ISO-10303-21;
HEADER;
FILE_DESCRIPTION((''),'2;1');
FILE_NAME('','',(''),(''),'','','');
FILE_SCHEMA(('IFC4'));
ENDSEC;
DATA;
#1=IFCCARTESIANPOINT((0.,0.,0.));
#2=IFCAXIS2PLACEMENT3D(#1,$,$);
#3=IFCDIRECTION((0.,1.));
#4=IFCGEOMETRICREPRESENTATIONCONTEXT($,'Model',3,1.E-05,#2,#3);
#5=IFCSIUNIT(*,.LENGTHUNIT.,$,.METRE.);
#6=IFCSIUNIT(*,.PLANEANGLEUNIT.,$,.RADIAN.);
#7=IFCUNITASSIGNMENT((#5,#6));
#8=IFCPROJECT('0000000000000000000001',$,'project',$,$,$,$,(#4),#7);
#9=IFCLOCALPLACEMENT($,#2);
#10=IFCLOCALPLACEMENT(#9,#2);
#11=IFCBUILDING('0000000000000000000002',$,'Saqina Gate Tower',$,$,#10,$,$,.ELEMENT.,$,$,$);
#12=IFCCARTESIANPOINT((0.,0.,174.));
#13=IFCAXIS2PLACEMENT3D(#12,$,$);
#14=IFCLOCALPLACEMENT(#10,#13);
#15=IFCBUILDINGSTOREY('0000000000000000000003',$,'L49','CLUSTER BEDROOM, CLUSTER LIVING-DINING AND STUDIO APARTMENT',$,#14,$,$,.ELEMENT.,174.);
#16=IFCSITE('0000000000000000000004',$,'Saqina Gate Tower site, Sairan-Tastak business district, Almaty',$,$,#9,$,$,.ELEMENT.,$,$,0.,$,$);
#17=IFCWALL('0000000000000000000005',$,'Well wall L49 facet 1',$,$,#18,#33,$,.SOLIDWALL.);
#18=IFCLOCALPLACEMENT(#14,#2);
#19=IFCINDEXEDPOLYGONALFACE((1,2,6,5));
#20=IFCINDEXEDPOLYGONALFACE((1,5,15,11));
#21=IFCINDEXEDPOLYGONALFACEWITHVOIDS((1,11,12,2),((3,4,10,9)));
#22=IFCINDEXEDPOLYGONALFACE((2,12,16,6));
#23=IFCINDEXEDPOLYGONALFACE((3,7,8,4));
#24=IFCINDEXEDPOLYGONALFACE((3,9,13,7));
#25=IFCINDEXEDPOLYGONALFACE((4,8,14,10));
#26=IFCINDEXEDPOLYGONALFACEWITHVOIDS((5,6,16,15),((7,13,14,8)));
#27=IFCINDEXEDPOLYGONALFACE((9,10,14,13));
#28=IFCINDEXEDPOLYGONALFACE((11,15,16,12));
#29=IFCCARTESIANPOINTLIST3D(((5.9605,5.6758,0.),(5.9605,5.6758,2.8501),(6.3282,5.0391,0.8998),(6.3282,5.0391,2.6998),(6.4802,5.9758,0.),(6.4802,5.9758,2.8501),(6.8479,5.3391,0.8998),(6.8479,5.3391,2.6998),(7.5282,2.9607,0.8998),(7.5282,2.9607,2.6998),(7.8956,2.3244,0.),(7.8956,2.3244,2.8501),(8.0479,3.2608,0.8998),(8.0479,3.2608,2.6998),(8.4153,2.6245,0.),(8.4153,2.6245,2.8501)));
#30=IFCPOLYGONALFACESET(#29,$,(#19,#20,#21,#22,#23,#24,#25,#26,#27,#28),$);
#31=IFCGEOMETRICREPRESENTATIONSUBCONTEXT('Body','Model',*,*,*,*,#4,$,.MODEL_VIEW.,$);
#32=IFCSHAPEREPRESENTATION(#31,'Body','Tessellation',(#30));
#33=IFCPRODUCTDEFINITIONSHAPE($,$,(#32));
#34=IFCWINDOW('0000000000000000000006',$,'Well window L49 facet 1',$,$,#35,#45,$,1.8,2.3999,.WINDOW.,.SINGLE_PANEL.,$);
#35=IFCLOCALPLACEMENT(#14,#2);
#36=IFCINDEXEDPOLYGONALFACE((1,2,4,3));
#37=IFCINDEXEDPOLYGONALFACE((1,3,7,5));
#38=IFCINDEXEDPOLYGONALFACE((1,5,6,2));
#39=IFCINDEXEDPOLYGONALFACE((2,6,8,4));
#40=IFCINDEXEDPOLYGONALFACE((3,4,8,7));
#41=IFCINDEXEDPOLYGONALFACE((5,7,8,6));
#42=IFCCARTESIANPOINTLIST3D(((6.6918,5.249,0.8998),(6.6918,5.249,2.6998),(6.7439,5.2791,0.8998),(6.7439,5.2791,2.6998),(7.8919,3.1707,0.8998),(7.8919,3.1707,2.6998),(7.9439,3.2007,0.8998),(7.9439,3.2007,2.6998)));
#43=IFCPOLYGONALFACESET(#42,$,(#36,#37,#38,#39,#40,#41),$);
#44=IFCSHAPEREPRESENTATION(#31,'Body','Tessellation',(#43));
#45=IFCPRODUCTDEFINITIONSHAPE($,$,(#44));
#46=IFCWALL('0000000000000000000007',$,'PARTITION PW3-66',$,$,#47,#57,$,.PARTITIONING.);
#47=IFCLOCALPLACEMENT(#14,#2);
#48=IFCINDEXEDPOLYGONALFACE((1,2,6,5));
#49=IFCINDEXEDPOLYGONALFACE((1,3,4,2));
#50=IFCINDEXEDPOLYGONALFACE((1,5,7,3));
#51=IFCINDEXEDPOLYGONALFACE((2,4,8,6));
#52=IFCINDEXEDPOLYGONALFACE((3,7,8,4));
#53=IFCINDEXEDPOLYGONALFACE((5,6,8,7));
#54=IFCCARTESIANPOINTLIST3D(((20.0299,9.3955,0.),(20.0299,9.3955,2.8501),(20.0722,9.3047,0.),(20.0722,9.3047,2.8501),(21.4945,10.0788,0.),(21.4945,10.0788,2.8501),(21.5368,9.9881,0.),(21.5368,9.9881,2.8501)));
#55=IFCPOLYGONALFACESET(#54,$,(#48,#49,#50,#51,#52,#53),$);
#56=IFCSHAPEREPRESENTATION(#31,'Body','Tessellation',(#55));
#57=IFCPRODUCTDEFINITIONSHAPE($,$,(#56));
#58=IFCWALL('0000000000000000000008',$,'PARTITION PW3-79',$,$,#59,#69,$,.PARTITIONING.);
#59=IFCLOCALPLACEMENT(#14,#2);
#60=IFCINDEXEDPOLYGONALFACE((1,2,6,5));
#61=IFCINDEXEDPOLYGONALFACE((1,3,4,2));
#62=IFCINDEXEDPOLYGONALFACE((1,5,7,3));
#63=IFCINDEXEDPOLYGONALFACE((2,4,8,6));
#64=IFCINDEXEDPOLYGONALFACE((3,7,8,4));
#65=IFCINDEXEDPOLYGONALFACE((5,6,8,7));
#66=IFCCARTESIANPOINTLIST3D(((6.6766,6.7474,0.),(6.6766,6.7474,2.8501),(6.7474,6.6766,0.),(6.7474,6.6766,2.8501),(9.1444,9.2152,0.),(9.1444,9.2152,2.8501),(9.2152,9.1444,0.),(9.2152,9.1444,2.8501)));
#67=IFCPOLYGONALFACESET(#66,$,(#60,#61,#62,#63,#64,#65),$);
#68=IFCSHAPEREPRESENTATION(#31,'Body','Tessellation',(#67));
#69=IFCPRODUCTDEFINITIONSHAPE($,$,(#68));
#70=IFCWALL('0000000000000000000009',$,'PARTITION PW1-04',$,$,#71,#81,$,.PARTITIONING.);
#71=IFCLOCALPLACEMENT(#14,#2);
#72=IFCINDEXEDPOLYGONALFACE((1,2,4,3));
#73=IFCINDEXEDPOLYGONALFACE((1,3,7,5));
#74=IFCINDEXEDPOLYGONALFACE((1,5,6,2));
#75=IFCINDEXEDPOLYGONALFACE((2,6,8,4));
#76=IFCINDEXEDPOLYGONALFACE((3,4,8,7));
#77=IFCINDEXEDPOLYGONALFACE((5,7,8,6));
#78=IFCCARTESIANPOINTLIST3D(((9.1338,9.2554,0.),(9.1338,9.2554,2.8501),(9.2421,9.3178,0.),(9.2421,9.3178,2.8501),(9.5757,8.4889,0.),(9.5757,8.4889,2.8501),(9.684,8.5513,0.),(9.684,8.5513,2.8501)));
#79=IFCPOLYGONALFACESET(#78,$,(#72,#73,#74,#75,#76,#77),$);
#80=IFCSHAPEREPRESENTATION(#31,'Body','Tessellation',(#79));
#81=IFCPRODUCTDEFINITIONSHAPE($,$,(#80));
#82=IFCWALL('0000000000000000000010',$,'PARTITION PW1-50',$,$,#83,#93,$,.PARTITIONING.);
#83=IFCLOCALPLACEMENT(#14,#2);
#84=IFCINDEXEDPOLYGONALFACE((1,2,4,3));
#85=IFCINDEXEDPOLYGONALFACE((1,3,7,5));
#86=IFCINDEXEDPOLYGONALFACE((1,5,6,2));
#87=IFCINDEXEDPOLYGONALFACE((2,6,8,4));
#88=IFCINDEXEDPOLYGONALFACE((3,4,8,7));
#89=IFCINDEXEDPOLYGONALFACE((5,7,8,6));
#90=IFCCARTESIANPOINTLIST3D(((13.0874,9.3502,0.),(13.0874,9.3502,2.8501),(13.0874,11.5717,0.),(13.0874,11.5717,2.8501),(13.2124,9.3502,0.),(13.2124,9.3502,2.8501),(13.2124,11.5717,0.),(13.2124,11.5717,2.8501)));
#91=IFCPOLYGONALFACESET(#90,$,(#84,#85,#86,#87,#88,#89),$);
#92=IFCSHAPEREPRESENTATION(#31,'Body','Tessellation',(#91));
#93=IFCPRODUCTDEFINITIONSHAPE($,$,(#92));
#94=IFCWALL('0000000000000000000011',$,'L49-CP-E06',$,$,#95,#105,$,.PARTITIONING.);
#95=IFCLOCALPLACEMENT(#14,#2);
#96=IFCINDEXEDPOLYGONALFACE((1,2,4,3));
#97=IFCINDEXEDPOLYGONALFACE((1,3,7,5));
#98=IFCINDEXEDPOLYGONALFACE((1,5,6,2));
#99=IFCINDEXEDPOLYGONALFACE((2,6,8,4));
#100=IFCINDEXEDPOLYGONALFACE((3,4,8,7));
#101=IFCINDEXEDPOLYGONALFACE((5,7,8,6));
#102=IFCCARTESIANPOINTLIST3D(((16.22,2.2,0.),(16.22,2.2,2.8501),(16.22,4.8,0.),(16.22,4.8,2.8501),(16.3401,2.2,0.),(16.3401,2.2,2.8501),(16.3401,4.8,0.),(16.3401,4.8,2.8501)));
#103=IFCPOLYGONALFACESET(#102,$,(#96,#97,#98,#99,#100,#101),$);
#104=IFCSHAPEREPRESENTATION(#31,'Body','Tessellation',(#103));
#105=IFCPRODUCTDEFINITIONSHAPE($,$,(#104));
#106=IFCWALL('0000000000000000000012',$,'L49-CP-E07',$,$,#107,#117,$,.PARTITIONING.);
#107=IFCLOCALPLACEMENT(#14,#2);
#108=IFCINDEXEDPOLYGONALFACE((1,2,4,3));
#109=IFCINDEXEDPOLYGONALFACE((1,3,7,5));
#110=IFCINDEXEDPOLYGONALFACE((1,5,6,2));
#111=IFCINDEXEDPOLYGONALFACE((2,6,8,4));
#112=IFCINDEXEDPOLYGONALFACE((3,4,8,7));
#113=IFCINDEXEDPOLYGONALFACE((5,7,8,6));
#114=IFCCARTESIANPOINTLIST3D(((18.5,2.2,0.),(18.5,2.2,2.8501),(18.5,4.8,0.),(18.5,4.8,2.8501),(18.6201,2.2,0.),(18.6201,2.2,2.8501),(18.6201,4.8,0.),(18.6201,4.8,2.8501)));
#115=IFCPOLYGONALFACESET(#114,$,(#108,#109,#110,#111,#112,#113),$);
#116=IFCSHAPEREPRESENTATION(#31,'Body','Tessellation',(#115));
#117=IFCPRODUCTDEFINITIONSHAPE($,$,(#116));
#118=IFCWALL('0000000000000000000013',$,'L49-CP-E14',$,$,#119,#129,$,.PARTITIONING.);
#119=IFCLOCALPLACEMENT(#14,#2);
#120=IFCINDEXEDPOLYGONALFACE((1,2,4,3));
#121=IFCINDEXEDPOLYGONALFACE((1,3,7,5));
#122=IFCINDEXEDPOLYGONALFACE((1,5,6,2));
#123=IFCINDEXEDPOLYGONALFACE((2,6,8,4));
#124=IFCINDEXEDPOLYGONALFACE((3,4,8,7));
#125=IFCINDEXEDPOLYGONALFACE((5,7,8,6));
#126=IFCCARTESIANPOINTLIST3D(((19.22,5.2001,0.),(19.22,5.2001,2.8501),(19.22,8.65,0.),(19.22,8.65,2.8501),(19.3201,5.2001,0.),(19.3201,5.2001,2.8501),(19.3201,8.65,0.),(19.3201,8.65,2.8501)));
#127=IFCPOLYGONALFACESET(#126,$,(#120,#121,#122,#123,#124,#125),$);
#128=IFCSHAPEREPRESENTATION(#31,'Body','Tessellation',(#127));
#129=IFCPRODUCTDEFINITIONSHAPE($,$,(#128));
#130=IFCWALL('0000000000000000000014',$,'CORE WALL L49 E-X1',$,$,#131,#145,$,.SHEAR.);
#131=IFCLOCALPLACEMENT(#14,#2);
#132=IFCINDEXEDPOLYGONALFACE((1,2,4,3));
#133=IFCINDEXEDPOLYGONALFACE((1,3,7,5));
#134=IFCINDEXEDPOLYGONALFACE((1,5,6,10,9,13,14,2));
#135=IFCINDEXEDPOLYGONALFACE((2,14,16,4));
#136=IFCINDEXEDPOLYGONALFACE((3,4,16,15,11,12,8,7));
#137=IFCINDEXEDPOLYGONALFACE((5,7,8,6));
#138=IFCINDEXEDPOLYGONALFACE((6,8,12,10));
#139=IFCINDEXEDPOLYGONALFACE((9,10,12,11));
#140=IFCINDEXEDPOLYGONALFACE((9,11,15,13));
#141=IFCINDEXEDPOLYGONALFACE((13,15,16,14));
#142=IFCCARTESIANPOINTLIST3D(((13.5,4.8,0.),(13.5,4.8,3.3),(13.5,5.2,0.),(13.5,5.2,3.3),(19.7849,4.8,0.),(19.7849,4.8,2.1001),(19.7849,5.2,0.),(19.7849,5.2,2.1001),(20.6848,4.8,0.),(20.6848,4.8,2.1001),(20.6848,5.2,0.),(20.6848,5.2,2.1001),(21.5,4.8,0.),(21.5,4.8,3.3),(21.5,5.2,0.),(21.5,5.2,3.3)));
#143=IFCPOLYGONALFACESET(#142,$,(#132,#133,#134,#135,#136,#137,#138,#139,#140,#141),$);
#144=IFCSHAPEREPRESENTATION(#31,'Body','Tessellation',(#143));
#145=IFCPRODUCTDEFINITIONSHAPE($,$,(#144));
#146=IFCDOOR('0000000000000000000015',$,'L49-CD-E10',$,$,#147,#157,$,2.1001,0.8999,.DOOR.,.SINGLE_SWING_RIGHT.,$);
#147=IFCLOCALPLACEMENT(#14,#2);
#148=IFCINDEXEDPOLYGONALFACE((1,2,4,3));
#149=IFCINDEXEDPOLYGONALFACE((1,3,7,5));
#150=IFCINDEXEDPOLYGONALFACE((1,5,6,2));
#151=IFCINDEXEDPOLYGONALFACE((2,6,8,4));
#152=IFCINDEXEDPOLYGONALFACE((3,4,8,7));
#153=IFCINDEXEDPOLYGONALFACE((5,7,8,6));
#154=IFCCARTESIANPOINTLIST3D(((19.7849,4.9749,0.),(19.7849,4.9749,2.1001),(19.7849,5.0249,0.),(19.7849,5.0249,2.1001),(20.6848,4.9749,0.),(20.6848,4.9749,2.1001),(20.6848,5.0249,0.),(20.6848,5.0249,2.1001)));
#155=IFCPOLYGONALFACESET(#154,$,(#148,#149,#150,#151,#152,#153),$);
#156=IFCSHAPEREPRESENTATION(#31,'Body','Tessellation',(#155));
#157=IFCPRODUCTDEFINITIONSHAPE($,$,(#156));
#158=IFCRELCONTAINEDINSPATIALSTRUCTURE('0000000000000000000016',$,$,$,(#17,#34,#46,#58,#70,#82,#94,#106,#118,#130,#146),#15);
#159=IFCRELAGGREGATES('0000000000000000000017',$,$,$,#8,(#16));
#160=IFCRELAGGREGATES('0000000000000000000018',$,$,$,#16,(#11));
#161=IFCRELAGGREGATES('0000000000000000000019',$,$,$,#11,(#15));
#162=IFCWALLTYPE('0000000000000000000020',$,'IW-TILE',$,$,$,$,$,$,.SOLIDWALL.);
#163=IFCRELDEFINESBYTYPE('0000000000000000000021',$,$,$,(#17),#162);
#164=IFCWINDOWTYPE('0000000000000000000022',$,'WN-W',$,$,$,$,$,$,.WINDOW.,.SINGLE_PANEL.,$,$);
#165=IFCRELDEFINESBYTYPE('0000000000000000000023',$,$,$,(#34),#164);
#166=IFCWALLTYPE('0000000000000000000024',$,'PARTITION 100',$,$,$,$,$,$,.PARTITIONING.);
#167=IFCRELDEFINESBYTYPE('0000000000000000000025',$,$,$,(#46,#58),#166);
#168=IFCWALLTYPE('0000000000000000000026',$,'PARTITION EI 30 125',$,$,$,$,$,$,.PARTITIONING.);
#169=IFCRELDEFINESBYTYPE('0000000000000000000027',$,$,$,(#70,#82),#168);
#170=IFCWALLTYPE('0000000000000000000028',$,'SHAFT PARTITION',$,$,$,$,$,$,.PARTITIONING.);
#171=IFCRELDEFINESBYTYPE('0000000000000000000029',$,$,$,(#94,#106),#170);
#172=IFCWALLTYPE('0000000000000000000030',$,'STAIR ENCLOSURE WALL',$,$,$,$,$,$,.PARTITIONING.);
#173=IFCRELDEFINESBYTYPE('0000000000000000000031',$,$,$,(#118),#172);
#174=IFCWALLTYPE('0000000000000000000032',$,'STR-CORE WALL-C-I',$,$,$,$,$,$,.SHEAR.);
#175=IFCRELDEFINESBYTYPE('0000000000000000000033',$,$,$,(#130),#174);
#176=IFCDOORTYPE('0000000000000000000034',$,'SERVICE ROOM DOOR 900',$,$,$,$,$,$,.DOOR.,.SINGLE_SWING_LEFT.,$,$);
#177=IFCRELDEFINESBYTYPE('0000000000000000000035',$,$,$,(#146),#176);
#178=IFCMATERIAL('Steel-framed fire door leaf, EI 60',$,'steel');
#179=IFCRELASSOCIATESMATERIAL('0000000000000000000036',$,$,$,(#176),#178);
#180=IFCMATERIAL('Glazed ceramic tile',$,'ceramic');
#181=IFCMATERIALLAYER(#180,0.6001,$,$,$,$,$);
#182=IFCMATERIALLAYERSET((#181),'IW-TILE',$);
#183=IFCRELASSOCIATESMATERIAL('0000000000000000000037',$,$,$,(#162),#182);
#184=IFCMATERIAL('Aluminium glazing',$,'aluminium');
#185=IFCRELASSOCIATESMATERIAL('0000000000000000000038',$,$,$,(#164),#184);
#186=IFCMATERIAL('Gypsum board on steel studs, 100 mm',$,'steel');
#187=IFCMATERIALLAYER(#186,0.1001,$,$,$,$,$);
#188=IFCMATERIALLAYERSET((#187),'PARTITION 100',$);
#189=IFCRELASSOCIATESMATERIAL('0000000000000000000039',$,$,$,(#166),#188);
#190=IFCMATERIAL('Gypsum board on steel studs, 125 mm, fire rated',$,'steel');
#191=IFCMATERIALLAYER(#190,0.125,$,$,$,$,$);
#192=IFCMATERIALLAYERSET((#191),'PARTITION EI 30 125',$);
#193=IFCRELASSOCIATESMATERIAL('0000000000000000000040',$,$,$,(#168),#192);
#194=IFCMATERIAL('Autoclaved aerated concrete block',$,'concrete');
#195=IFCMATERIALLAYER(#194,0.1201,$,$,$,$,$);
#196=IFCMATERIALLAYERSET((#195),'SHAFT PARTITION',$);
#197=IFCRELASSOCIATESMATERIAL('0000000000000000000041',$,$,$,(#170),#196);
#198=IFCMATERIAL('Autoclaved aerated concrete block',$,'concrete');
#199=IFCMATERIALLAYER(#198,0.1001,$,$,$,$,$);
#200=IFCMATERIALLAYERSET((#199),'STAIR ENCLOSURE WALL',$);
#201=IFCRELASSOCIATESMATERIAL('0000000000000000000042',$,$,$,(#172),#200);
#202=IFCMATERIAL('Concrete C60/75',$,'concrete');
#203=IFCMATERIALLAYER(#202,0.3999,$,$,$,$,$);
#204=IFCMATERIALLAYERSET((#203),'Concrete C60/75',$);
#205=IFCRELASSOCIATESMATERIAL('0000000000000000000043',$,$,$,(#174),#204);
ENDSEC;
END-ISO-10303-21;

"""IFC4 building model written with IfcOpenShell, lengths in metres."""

from ifc_helpers import new_model, si_unit, direction, frame, frame_2d, origin, place, context, subcontext, project, spatial, rectangle, extrude, material, layer, layer_set, type_object, element, fill, save


model = new_model("IFC4")

# Units and contexts
model_context = context("Model", 3, precision=1e-05, world=origin(), true_north=direction((0.0, 1.0)))
body_context = subcontext(model_context, "Body", "Model", "MODEL_VIEW")
ifc_project = project(units=[si_unit("LENGTHUNIT", "METRE"), si_unit("PLANEANGLEUNIT", "RADIAN")], contexts=[model_context])

# Site, building, storey
site_placement = place(None, origin())
site = spatial("IfcSite", under=ifc_project, at=site_placement, Name="Saqina Gate Tower site, Sairan-Tastak business district, Almaty", CompositionType="ELEMENT", RefElevation=0.0)
building_placement = place(site_placement, origin())
building = spatial("IfcBuilding", under=site, at=building_placement, Name="Saqina Gate Tower", CompositionType="ELEMENT")
storey_placement = place(building_placement, frame((0.0, 0.0, 174.0)))
storey = spatial("IfcBuildingStorey", under=building, at=storey_placement, Name="L49", Description="CLUSTER BEDROOM, CLUSTER LIVING-DINING AND STUDIO APARTMENT", CompositionType="ELEMENT", Elevation=174.0)

# Shared definitions
ifc_material_1 = material(Name="Steel-framed fire door leaf, EI 60", Category="steel")
door_type_1 = type_object("IfcDoorType", Name="SERVICE ROOM DOOR 900", OperationType="SINGLE_SWING_LEFT", PredefinedType="DOOR", material=ifc_material_1)

# Wall, opening, window
ifc_material_2 = material(Name="Glazed ceramic tile", Category="ceramic")
ifc_layer_1 = layer(ifc_material_2, 0.6001)
ifc_layer_set_1 = layer_set([ifc_layer_1], Name="IW-TILE")
wall_type_1 = type_object("IfcWallType", Name="IW-TILE", PredefinedType="SOLIDWALL", material=ifc_layer_set_1)
wall_1_placement = place(storey_placement, frame((8.1555, 2.4744, 0.0), z_axis=(0.0, 0.0, 1.0), x_axis=(-0.500034, 0.866006, 0.0)))
wall_1 = element("IfcWall", 1, at=wall_1_placement, inside=storey, type_object=wall_type_1, Name="Well wall L49 facet 1", PredefinedType="SOLIDWALL", context=body_context, shape_type="SweptSolid", body=[
    extrude(rectangle(XDim=3.8699, YDim=0.6001, at=frame_2d((1.9351, 0.0))), origin(), (0.0, 0.0, 1.0), 2.8501),
])
opening_1_placement = place(wall_1_placement, frame((0.7349, 0.0, 0.8999)))
opening_1 = element("IfcOpeningElement", 2, at=opening_1_placement, cuts=wall_1, PredefinedType="OPENING", context=body_context, shape_type="SweptSolid", body=[
    extrude(rectangle(XDim=2.3999, YDim=1.8, at=frame_2d((1.2, 0.8999))), frame((0.0, 0.312, 0.0), z_axis=(0.0, -1.0, 0.0), x_axis=(1.0, 0.0, 0.0)), (0.0, 0.0, 1.0), 0.624),
])
ifc_material_3 = material(Name="Aluminium glazing", Category="aluminium")
window_type = type_object("IfcWindowType", Name="WN-W", PartitioningType="SINGLE_PANEL", PredefinedType="WINDOW", material=ifc_material_3)
window_placement = place(opening_1_placement, origin())
window = element("IfcWindow", 3, at=window_placement, inside=storey, type_object=window_type, Name="Well window L49 facet 1", OverallHeight=1.8, OverallWidth=2.3999, PartitioningType="SINGLE_PANEL", PredefinedType="WINDOW", context=body_context, shape_type="SweptSolid", body=[
    extrude(rectangle(XDim=2.3999, YDim=1.8, at=frame_2d((1.2, 0.8999))), frame((0.0, -0.1199, 0.0), z_axis=(0.0, -1.0, 0.0), x_axis=(1.0, 0.0, 0.0)), (0.0, 0.0, 1.0), 0.0601),
])
fill(opening_1, window)

# Walls
ifc_material_4 = material(Name="Gypsum board on steel studs, 100 mm", Category="steel")
ifc_layer_2 = layer(ifc_material_4, 0.1001)
ifc_layer_set_2 = layer_set([ifc_layer_2], Name="PARTITION 100")
wall_type_2 = type_object("IfcWallType", Name="PARTITION 100", PredefinedType="PARTITIONING", material=ifc_layer_set_2)
wall_2_placement = place(storey_placement, frame((20.051, 9.3501, 0.0), z_axis=(0.0, 0.0, 1.0), x_axis=(0.906214, 0.422819, 0.0)))
element("IfcWall", 4, at=wall_2_placement, inside=storey, type_object=wall_type_2, Name="PARTITION PW3-66", PredefinedType="PARTITIONING", context=body_context, shape_type="SweptSolid", body=[
    extrude(rectangle(XDim=1.6162, YDim=0.1001, at=frame_2d((0.8081, 0.0))), origin(), (0.0, 0.0, 1.0), 2.8501),
])
wall_3_placement = place(storey_placement, frame((6.7119, 6.7119, 0.0), z_axis=(0.0, 0.0, 1.0), x_axis=(0.707107, 0.707107, 0.0)))
element("IfcWall", 5, at=wall_3_placement, inside=storey, type_object=wall_type_2, Name="PARTITION PW3-79", PredefinedType="PARTITIONING", context=body_context, shape_type="SweptSolid", body=[
    extrude(rectangle(XDim=3.49, YDim=0.1001, at=frame_2d((1.7451, 0.0))), origin(), (0.0, 0.0, 1.0), 2.8501),
])
ifc_material_5 = material(Name="Gypsum board on steel studs, 125 mm, fire rated", Category="steel")
ifc_layer_3 = layer(ifc_material_5, 0.125)
ifc_layer_set_3 = layer_set([ifc_layer_3], Name="PARTITION EI 30 125")
wall_type_3 = type_object("IfcWallType", Name="PARTITION EI 30 125", PredefinedType="PARTITIONING", material=ifc_layer_set_3)
wall_4_placement = place(storey_placement, frame((9.188, 9.2866, 0.0), z_axis=(0.0, 0.0, 1.0), x_axis=(0.499404, -0.866369, 0.0)))
element("IfcWall", 6, at=wall_4_placement, inside=storey, type_object=wall_type_3, Name="PARTITION PW1-04", PredefinedType="PARTITIONING", context=body_context, shape_type="SweptSolid", body=[
    extrude(rectangle(XDim=0.8848, YDim=0.125, at=frame_2d((0.4424, 0.0))), origin(), (0.0, 0.0, 1.0), 2.8501),
])
wall_5_placement = place(storey_placement, frame((13.1499, 9.3501, 0.0), z_axis=(0.0, 0.0, 1.0), x_axis=(0.0, 1.0, 0.0)))
element("IfcWall", 7, at=wall_5_placement, inside=storey, type_object=wall_type_3, Name="PARTITION PW1-50", PredefinedType="PARTITIONING", context=body_context, shape_type="SweptSolid", body=[
    extrude(rectangle(XDim=2.2214, YDim=0.125, at=frame_2d((1.1108, 0.0))), origin(), (0.0, 0.0, 1.0), 2.8501),
])
ifc_material_6 = material(Name="Autoclaved aerated concrete block", Category="concrete")
ifc_layer_4 = layer(ifc_material_6, 0.1201)
ifc_layer_set_4 = layer_set([ifc_layer_4], Name="SHAFT PARTITION")
wall_type_4 = type_object("IfcWallType", Name="SHAFT PARTITION", PredefinedType="PARTITIONING", material=ifc_layer_set_4)
for number, where, z_axis, x_axis, name in (
    (8, (16.28, 2.2, 0.0), (0.0, 0.0, 1.0), (0.0, 1.0, 0.0), "L49-CP-E06"),
    (9, (18.5601, 2.2, 0.0), (0.0, 0.0, 1.0), (0.0, 1.0, 0.0), "L49-CP-E07"),
):
    element("IfcWall", number, at=place(storey_placement, frame(where, z_axis=z_axis, x_axis=x_axis)), inside=storey, type_object=wall_type_4, Name=name, PredefinedType="PARTITIONING", context=body_context, shape_type="SweptSolid", body=[
        extrude(rectangle(XDim=2.6001, YDim=0.1201, at=frame_2d((1.3, 0.0))), origin(), (0.0, 0.0, 1.0), 2.8501),
    ])
ifc_material_7 = material(Name="Autoclaved aerated concrete block", Category="concrete")
ifc_layer_5 = layer(ifc_material_7, 0.1001)
ifc_layer_set_5 = layer_set([ifc_layer_5], Name="STAIR ENCLOSURE WALL")
wall_type_5 = type_object("IfcWallType", Name="STAIR ENCLOSURE WALL", PredefinedType="PARTITIONING", material=ifc_layer_set_5)
wall_6_placement = place(storey_placement, frame((19.27, 5.2, 0.0), z_axis=(0.0, 0.0, 1.0), x_axis=(0.0, 1.0, 0.0)))
element("IfcWall", 10, at=wall_6_placement, inside=storey, type_object=wall_type_5, Name="L49-CP-E14", PredefinedType="PARTITIONING", context=body_context, shape_type="SweptSolid", body=[
    extrude(rectangle(XDim=3.45, YDim=0.1001, at=frame_2d((1.7251, 0.0))), origin(), (0.0, 0.0, 1.0), 2.8501),
])

# Wall, opening, door
ifc_material_8 = material(Name="Concrete C60/75", Category="concrete")
ifc_layer_6 = layer(ifc_material_8, 0.3999)
ifc_layer_set_6 = layer_set([ifc_layer_6], Name="Concrete C60/75")
wall_type_6 = type_object("IfcWallType", Name="STR-CORE WALL-C-I", PredefinedType="SHEAR", material=ifc_layer_set_6)
wall_7_placement = place(storey_placement, frame((13.5, 5.0, 0.0), z_axis=(0.0, 0.0, 1.0), x_axis=(1.0, 0.0, 0.0)))
wall_7 = element("IfcWall", 11, at=wall_7_placement, inside=storey, type_object=wall_type_6, Name="CORE WALL L49 E-X1", PredefinedType="SHEAR", context=body_context, shape_type="SweptSolid", body=[
    extrude(rectangle(XDim=8.0, YDim=0.3999, at=frame_2d((4.0, 0.0))), origin(), (0.0, 0.0, 1.0), 3.3),
])
opening_2_placement = place(wall_7_placement, frame((6.2849, 0.0, 0.0)))
opening_2 = element("IfcOpeningElement", 12, at=opening_2_placement, cuts=wall_7, PredefinedType="OPENING", context=body_context, shape_type="SweptSolid", body=[
    extrude(rectangle(XDim=0.8999, YDim=2.1001, at=frame_2d((0.45, 1.05))), frame((0.0, 0.2119, 0.0), z_axis=(0.0, -1.0, 0.0), x_axis=(1.0, 0.0, 0.0)), (0.0, 0.0, 1.0), 0.4238),
])
door_1_placement = place(opening_2_placement, origin())
door_1 = element("IfcDoor", 13, at=door_1_placement, inside=storey, type_object=door_type_1, Name="L49-CD-E10", OperationType="SINGLE_SWING_RIGHT", OverallHeight=2.1001, OverallWidth=0.8999, PredefinedType="DOOR", context=body_context, shape_type="SweptSolid", body=[
    extrude(rectangle(XDim=0.8999, YDim=2.1001, at=frame_2d((0.45, 1.05))), frame((0.0, 0.0249, 0.0), z_axis=(0.0, -1.0, 0.0), x_axis=(1.0, 0.0, 0.0)), (0.0, 0.0, 1.0), 0.05),
])
fill(opening_2, door_1)

save(model, "model.ifc")
